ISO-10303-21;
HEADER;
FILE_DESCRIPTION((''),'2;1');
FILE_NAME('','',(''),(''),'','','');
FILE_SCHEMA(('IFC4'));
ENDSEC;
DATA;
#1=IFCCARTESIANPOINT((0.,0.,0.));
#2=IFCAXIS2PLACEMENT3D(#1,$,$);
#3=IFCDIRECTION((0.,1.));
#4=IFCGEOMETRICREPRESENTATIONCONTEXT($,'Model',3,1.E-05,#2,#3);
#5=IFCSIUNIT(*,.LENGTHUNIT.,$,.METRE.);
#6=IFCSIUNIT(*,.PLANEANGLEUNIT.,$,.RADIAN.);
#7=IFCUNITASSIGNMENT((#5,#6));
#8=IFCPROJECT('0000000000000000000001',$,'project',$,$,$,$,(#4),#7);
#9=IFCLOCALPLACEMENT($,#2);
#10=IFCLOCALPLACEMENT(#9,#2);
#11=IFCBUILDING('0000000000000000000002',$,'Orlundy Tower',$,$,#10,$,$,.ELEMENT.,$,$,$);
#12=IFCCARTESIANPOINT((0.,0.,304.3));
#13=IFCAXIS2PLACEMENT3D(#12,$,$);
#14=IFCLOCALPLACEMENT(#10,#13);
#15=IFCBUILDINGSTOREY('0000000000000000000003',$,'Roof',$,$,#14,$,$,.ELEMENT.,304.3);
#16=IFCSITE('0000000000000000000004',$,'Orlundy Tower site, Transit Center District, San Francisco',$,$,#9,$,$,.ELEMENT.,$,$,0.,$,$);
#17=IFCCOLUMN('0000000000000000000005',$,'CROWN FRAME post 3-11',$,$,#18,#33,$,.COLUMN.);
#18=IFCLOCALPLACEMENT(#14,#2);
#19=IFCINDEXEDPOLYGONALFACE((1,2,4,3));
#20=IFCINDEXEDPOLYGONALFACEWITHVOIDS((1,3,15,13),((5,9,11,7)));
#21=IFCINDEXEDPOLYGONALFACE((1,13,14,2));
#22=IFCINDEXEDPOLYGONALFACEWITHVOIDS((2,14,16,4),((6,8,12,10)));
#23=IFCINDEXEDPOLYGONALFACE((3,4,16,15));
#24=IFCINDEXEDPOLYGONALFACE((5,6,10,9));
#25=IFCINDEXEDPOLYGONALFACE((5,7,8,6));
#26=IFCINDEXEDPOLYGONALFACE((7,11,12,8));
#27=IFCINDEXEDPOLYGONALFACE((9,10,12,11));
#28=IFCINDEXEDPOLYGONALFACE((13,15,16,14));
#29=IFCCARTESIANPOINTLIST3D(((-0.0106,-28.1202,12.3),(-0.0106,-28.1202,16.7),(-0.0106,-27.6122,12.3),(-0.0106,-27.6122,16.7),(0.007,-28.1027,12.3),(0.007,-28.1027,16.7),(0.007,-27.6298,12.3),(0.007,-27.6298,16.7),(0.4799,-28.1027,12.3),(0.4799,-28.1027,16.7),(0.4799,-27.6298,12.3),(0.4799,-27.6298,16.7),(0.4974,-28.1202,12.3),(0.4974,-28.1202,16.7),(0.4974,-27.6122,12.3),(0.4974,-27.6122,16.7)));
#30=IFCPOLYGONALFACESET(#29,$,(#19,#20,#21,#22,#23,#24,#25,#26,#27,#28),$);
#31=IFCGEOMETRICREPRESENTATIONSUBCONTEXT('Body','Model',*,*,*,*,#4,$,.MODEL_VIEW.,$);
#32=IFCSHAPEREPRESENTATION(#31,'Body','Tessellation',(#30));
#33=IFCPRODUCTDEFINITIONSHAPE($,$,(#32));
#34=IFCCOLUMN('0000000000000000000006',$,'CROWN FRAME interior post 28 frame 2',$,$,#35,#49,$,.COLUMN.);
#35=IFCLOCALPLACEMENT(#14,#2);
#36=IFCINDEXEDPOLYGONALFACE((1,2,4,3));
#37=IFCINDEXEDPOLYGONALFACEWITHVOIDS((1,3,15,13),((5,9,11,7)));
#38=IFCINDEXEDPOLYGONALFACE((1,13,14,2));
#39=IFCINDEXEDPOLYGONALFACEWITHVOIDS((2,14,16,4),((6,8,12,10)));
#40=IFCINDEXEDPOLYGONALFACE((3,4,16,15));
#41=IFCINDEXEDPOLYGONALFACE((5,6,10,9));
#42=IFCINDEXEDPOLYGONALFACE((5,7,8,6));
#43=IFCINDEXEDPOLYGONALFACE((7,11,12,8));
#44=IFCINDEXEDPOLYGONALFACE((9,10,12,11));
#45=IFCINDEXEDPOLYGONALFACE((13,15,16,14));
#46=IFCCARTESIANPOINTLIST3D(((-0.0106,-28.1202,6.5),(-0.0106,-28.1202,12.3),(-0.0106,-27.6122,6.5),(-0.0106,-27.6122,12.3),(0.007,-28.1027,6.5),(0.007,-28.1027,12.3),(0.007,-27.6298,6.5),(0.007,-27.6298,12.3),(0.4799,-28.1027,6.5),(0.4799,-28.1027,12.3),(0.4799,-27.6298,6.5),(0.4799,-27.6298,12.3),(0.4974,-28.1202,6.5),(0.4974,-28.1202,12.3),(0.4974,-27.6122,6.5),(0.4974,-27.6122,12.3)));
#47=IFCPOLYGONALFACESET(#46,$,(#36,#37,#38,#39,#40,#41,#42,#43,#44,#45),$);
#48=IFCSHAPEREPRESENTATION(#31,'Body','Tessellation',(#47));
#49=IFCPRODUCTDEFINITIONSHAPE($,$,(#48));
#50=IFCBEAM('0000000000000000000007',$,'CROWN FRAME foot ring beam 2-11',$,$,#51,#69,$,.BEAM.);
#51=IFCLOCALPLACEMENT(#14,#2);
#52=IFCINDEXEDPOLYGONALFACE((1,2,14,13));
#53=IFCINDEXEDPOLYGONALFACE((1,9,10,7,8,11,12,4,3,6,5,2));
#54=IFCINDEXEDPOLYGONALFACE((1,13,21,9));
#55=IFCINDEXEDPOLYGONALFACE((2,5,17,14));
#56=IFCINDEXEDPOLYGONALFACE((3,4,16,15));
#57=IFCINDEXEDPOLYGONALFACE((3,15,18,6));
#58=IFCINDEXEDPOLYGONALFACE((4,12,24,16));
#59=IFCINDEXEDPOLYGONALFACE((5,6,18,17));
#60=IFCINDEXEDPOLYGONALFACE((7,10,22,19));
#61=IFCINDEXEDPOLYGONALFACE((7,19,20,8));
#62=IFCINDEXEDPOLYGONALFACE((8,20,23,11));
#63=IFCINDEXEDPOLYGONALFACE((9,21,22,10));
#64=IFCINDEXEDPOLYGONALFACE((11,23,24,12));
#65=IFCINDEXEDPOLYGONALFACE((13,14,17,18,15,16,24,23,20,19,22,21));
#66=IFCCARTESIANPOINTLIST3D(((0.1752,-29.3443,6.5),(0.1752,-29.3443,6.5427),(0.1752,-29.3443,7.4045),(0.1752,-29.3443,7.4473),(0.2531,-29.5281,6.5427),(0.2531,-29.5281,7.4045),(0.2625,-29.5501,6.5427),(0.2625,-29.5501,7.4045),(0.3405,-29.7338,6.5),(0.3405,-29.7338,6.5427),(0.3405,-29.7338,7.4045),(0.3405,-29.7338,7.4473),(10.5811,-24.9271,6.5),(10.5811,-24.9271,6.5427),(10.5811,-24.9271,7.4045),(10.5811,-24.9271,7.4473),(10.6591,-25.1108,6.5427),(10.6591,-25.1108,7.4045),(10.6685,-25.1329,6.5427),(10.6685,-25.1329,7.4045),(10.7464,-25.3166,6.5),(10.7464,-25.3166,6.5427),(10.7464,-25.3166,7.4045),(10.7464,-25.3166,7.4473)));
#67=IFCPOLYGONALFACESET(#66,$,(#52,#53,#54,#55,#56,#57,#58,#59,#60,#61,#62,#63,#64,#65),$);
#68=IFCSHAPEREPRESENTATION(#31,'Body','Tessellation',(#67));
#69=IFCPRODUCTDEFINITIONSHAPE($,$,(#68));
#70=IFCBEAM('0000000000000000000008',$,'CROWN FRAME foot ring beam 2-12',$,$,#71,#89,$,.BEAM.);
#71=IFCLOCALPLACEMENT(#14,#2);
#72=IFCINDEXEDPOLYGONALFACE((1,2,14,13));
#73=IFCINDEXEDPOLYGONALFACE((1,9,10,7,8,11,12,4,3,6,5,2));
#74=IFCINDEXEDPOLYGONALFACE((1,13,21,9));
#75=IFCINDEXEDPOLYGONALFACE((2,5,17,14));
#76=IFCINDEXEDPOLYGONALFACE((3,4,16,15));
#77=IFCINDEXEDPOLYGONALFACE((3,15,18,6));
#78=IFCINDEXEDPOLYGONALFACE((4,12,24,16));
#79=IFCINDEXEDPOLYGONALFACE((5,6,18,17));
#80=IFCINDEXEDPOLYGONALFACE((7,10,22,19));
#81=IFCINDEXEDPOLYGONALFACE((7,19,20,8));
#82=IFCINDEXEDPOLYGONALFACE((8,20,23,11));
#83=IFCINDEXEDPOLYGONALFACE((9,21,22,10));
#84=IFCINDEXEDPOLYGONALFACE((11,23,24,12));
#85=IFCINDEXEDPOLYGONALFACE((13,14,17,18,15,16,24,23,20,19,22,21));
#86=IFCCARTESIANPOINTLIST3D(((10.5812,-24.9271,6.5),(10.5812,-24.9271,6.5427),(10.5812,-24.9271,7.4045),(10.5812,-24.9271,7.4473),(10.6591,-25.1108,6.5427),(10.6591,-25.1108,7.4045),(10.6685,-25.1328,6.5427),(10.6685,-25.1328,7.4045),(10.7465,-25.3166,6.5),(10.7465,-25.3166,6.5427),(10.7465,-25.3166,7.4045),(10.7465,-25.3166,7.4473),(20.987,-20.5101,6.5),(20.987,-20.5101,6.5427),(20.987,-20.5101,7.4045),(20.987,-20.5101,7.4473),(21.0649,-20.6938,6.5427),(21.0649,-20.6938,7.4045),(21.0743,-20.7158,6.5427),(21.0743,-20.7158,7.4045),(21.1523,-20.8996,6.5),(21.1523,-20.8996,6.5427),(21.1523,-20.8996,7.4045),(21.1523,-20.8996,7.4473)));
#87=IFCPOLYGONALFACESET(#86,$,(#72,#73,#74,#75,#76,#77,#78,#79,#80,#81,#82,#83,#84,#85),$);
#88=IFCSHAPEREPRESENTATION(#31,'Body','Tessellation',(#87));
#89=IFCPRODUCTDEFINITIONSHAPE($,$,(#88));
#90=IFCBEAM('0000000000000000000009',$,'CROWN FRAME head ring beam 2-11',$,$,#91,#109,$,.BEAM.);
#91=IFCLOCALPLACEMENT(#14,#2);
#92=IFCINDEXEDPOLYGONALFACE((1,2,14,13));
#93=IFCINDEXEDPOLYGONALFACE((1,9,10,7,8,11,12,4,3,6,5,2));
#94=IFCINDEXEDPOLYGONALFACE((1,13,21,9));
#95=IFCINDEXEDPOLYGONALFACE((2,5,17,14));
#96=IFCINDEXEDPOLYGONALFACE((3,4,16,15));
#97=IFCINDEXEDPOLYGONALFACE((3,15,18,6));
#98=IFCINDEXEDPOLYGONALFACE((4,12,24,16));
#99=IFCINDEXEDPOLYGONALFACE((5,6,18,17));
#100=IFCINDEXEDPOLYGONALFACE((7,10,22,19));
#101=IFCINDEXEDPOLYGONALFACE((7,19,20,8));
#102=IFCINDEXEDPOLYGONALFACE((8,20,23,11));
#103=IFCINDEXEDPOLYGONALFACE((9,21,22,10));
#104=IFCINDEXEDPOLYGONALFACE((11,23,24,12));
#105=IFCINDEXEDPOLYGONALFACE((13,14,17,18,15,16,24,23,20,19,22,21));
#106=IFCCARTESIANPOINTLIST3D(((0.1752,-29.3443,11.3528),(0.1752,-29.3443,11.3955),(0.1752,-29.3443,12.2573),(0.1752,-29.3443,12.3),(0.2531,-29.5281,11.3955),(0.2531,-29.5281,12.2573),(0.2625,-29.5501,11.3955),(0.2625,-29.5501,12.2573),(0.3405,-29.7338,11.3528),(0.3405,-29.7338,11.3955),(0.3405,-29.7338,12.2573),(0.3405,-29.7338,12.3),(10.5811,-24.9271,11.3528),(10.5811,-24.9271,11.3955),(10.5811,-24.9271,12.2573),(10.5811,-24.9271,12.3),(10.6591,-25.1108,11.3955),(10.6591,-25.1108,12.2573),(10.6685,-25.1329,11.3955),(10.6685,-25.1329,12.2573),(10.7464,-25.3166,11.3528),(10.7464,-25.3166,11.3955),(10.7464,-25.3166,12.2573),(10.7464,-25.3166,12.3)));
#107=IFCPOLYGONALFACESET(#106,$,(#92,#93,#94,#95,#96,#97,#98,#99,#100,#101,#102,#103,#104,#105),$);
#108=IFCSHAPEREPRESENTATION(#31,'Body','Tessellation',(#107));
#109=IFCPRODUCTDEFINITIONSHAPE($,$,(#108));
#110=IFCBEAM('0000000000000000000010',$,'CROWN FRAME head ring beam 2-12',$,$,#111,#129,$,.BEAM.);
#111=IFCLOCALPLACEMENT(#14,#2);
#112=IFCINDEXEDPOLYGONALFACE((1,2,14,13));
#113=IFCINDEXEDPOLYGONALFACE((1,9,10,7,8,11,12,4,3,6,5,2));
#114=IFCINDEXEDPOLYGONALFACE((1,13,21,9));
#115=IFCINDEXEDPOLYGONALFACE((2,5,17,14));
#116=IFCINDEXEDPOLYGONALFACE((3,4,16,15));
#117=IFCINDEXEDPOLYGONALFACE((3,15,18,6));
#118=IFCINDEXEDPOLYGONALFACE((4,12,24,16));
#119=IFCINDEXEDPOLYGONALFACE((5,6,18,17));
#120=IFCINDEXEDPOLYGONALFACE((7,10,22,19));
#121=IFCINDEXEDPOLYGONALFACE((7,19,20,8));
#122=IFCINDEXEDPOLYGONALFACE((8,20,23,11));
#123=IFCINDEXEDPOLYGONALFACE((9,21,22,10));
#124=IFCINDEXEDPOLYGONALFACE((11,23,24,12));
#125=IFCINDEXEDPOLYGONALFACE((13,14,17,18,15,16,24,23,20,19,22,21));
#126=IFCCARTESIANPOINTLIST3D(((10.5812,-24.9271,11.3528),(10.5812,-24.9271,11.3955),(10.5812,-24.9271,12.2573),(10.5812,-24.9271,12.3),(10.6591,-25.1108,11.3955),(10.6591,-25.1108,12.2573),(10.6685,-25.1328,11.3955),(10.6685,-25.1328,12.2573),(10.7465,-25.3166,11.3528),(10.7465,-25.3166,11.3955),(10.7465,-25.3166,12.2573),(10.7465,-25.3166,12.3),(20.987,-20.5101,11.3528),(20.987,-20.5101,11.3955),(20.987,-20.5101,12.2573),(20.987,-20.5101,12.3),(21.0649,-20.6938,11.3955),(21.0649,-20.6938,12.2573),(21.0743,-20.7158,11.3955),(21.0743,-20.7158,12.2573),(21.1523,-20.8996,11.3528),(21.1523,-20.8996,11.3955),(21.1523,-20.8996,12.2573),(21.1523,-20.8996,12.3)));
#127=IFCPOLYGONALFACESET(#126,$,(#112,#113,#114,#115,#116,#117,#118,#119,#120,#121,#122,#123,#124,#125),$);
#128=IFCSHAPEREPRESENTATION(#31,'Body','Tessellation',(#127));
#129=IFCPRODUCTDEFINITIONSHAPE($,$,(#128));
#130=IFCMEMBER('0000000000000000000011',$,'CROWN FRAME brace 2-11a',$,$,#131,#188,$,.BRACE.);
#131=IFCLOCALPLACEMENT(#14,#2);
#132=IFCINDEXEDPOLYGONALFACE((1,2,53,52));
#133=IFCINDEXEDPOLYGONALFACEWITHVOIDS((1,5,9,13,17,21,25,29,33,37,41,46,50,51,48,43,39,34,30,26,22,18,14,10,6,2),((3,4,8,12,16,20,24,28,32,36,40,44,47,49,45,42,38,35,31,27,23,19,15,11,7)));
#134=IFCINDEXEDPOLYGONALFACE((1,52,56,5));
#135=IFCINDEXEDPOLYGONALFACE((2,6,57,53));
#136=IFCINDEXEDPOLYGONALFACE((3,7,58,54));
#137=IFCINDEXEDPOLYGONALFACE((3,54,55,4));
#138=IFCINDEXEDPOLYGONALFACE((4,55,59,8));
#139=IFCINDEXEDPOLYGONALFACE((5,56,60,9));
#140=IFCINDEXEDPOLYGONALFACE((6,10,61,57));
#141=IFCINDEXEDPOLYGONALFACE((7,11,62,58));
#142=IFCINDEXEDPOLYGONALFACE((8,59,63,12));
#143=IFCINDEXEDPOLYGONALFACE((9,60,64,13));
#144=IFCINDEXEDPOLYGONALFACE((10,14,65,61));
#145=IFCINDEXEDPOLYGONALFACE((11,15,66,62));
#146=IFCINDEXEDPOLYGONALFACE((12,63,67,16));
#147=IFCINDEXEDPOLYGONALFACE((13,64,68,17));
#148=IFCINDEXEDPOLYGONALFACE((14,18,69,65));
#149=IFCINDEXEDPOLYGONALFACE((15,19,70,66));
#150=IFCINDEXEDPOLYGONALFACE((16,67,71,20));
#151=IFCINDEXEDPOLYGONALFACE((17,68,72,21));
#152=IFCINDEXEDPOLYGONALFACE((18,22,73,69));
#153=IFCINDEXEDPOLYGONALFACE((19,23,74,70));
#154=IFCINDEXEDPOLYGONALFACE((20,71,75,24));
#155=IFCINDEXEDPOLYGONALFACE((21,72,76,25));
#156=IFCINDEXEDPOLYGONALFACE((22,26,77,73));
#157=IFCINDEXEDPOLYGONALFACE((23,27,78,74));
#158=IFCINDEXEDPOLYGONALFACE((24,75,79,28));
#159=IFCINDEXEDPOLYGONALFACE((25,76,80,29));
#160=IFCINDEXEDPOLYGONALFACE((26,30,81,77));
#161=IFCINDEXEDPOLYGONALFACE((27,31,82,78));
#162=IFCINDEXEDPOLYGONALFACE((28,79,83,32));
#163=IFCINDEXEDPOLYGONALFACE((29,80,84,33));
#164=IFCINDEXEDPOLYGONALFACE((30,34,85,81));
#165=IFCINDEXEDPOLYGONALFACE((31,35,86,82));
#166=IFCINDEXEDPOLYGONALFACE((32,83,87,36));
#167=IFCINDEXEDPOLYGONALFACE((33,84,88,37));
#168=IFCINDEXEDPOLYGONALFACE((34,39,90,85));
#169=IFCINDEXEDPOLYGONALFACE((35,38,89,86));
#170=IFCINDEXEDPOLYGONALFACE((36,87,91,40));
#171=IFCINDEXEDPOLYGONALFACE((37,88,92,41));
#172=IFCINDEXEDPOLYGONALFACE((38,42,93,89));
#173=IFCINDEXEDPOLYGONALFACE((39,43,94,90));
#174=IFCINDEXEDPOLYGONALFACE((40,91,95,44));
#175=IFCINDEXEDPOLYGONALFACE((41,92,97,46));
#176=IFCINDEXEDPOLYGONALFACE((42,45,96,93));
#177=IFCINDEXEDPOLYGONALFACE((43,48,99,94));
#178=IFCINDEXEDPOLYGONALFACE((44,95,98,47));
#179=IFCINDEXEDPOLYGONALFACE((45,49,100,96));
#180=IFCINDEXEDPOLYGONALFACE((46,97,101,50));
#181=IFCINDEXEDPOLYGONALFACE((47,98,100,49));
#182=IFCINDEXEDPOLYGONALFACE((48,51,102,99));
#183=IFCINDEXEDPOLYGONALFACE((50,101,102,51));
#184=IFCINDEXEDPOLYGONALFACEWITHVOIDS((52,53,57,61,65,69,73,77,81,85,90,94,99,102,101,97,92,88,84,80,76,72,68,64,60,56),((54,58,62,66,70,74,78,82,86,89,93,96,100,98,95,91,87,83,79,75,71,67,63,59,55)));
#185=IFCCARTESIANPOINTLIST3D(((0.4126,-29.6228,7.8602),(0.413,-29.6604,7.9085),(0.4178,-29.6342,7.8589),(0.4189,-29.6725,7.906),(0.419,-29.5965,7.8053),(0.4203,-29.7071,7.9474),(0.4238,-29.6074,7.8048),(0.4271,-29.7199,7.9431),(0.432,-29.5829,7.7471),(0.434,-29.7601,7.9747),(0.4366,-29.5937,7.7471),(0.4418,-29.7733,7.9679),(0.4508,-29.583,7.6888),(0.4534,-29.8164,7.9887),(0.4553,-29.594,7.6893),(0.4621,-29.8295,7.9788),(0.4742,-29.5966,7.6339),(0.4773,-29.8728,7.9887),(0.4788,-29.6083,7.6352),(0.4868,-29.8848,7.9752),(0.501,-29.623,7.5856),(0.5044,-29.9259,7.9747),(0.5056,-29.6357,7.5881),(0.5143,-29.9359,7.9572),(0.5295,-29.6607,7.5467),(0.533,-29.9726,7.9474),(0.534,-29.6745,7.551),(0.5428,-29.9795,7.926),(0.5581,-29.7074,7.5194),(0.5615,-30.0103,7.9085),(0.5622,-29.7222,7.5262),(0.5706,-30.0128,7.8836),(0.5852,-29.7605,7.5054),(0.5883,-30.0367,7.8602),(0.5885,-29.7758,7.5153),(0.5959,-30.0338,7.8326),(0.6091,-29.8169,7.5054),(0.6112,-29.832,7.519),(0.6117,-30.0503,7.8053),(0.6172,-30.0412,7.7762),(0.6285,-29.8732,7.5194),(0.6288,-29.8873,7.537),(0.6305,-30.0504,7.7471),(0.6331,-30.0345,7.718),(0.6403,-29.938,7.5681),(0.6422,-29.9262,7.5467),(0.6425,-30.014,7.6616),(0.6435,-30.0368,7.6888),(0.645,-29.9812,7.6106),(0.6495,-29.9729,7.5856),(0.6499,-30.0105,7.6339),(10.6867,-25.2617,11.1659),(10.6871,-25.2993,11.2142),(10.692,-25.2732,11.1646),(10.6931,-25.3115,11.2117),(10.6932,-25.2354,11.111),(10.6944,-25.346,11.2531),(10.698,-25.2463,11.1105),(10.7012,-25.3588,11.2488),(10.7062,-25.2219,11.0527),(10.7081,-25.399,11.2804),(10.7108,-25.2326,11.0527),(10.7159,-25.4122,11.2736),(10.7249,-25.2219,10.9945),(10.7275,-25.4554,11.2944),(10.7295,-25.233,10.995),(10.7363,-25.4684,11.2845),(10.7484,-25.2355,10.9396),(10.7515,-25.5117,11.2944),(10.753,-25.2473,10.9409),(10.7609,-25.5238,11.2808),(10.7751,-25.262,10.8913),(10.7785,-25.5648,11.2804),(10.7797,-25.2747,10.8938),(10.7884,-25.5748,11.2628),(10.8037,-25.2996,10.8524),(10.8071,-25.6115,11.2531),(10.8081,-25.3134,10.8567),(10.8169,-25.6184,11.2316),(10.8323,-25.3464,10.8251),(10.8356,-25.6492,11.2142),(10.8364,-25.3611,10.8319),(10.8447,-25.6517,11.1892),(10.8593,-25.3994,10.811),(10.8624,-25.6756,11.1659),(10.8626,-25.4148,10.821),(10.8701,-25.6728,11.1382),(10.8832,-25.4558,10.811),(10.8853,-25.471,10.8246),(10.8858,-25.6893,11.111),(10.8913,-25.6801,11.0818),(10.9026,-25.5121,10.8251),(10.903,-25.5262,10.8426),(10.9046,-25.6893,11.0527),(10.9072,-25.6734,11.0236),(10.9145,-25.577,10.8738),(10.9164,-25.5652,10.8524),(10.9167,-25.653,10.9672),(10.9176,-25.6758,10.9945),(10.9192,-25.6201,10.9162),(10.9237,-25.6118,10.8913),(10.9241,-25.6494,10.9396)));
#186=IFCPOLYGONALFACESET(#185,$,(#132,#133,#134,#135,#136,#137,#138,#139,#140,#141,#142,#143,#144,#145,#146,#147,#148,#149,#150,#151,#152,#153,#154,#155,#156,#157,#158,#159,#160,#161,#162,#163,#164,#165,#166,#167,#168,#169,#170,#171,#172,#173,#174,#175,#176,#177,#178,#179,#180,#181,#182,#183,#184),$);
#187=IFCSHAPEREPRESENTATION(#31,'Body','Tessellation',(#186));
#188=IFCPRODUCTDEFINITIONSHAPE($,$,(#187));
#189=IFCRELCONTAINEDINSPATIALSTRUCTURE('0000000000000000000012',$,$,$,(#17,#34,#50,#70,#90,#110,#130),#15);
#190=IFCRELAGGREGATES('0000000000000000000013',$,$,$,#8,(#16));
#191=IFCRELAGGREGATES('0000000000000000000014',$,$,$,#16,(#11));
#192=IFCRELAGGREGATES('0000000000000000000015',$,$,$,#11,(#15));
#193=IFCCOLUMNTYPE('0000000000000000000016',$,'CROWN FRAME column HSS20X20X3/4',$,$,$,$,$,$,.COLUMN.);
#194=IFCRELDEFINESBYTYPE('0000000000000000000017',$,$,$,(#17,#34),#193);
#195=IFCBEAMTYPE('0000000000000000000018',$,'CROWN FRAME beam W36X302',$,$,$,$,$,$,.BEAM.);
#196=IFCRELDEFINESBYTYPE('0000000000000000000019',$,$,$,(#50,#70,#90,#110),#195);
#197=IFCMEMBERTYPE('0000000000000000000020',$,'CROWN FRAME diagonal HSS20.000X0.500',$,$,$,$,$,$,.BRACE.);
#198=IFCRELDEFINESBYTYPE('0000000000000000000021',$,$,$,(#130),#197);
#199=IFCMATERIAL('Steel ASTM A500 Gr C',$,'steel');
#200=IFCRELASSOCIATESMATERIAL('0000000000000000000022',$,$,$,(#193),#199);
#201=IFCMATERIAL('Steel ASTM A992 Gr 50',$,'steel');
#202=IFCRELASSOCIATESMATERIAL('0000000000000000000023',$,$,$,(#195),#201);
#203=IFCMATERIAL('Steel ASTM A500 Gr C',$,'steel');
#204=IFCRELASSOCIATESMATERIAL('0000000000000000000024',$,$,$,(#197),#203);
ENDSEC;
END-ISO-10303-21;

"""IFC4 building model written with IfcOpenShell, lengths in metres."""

from ifc_helpers import new_model, si_unit, direction, frame, origin, origin_2d, place, context, subcontext, project, spatial, hollow_rectangle, hollow_circle, i_section, extrude, material, material_profile, profile_set, type_object, element, save


model = new_model("IFC4")

# Units and contexts
model_context = context("Model", 3, precision=1e-05, world=origin(), true_north=direction((0.0, 1.0)))
body_context = subcontext(model_context, "Body", "Model", "MODEL_VIEW")
ifc_project = project(units=[si_unit("LENGTHUNIT", "METRE"), si_unit("PLANEANGLEUNIT", "RADIAN")], contexts=[model_context])

# Site, building, storey
site_placement = place(None, origin())
site = spatial("IfcSite", under=ifc_project, at=site_placement, Name="Orlundy Tower site, Transit Center District, San Francisco", CompositionType="ELEMENT", RefElevation=0.0)
building_placement = place(site_placement, origin())
building = spatial("IfcBuilding", under=site, at=building_placement, Name="Orlundy Tower", CompositionType="ELEMENT")
storey_placement = place(building_placement, frame((0.0, 0.0, 304.3)))
storey = spatial("IfcBuildingStorey", under=building, at=storey_placement, Name="Roof", CompositionType="ELEMENT", Elevation=304.3)

# Columns
ifc_material_1 = material(Name="Steel ASTM A500 Gr C", Category="steel")
ifc_material_profile_1 = material_profile(ifc_material_1, hollow_rectangle(XDim=0.5081, YDim=0.5081, WallThickness=0.0176, at=origin_2d()), Name="HSS20X20X3/4")
ifc_profile_set_1 = profile_set([ifc_material_profile_1], Name="Steel ASTM A500 Gr C")
column_type = type_object("IfcColumnType", Name="CROWN FRAME column HSS20X20X3/4", PredefinedType="COLUMN", material=ifc_profile_set_1)
column_1_placement = place(storey_placement, frame((0.2434, -27.8662, 12.3), z_axis=(0.0, 0.0, 1.0), x_axis=(1.0, 0.0, 0.0)))
element("IfcColumn", 1, at=column_1_placement, inside=storey, type_object=column_type, Name="CROWN FRAME post 3-11", PredefinedType="COLUMN", context=body_context, shape_type="SweptSolid", body=[
    extrude(hollow_rectangle(XDim=0.5081, YDim=0.5081, WallThickness=0.0176, at=origin_2d()), origin(), (0.0, 0.0, 1.0), 4.3999),
])
column_2_placement = place(storey_placement, frame((0.2434, -27.8662, 6.5), z_axis=(0.0, 0.0, 1.0), x_axis=(1.0, 0.0, 0.0)))
element("IfcColumn", 2, at=column_2_placement, inside=storey, type_object=column_type, Name="CROWN FRAME interior post 28 frame 2", PredefinedType="COLUMN", context=body_context, shape_type="SweptSolid", body=[
    extrude(hollow_rectangle(XDim=0.5081, YDim=0.5081, WallThickness=0.0176, at=origin_2d()), origin(), (0.0, 0.0, 1.0), 5.8),
])

# Beams
ifc_material_2 = material(Name="Steel ASTM A992 Gr 50", Category="steel")
ifc_material_profile_2 = material_profile(ifc_material_2, i_section(OverallWidth=0.4231, OverallDepth=0.9473, WebThickness=0.0239, FlangeThickness=0.0427, at=origin_2d()), Name="W36X302")
ifc_profile_set_2 = profile_set([ifc_material_profile_2], Name="Steel ASTM A992 Gr 50")
beam_type = type_object("IfcBeamType", Name="CROWN FRAME beam W36X302", PredefinedType="BEAM", material=ifc_profile_set_2)
beam_1_placement = place(storey_placement, frame((0.2578, -29.5391, 6.9736), z_axis=(0.9205, 0.390742, 0.0), x_axis=(-0.390742, 0.9205, 0.0)))
element("IfcBeam", 3, at=beam_1_placement, inside=storey, type_object=beam_type, Name="CROWN FRAME foot ring beam 2-11", PredefinedType="BEAM", context=body_context, shape_type="SweptSolid", body=[
    extrude(i_section(OverallWidth=0.4231, OverallDepth=0.9473, WebThickness=0.0239, FlangeThickness=0.0427, at=origin_2d()), origin(), (0.0, 0.0, 1.0), 11.3047),
])
beam_2_placement = place(storey_placement, frame((10.6638, -25.1218, 6.9736), z_axis=(0.920505, 0.390732, 0.0), x_axis=(-0.390732, 0.920505, 0.0)))
element("IfcBeam", 4, at=beam_2_placement, inside=storey, type_object=beam_type, Name="CROWN FRAME foot ring beam 2-12", PredefinedType="BEAM", context=body_context, shape_type="SweptSolid", body=[
    extrude(i_section(OverallWidth=0.4231, OverallDepth=0.9473, WebThickness=0.0239, FlangeThickness=0.0427, at=origin_2d()), origin(), (0.0, 0.0, 1.0), 11.3044),
])
beam_3_placement = place(storey_placement, frame((0.2578, -29.5391, 11.8264), z_axis=(0.9205, 0.390742, 0.0), x_axis=(-0.390742, 0.9205, 0.0)))
element("IfcBeam", 5, at=beam_3_placement, inside=storey, type_object=beam_type, Name="CROWN FRAME head ring beam 2-11", PredefinedType="BEAM", context=body_context, shape_type="SweptSolid", body=[
    extrude(i_section(OverallWidth=0.4231, OverallDepth=0.9473, WebThickness=0.0239, FlangeThickness=0.0427, at=origin_2d()), origin(), (0.0, 0.0, 1.0), 11.3047),
])
beam_4_placement = place(storey_placement, frame((10.6638, -25.1218, 11.8264), z_axis=(0.920505, 0.390732, 0.0), x_axis=(-0.390732, 0.920505, 0.0)))
element("IfcBeam", 6, at=beam_4_placement, inside=storey, type_object=beam_type, Name="CROWN FRAME head ring beam 2-12", PredefinedType="BEAM", context=body_context, shape_type="SweptSolid", body=[
    extrude(i_section(OverallWidth=0.4231, OverallDepth=0.9473, WebThickness=0.0239, FlangeThickness=0.0427, at=origin_2d()), origin(), (0.0, 0.0, 1.0), 11.3044),
])

# Member
ifc_material_3 = material(Name="Steel ASTM A500 Gr C", Category="steel")
ifc_material_profile_3 = material_profile(ifc_material_3, hollow_circle(Radius=0.2539, WallThickness=0.0117, at=origin_2d()), Name="HSS20.000X0.500")
ifc_profile_set_3 = profile_set([ifc_material_profile_3], Name="Steel ASTM A500 Gr C")
member_type_1 = type_object("IfcMemberType", Name="CROWN FRAME diagonal HSS20.000X0.500", PredefinedType="BRACE", material=ifc_profile_set_3)
member_1_placement = place(storey_placement, frame((0.5312, -29.8167, 7.7471), z_axis=(0.88261, 0.374642, 0.283976), x_axis=(-0.390728, 0.920506, 0.0)))
element("IfcMember", 7, at=member_1_placement, inside=storey, type_object=member_type_1, Name="CROWN FRAME brace 2-11a", PredefinedType="BRACE", context=body_context, shape_type="SweptSolid", body=[
    extrude(hollow_circle(Radius=0.2539, WallThickness=0.0117, at=origin_2d()), origin(), (0.0, 0.0, 1.0), 11.6406),
])

save(model, "model.ifc")
